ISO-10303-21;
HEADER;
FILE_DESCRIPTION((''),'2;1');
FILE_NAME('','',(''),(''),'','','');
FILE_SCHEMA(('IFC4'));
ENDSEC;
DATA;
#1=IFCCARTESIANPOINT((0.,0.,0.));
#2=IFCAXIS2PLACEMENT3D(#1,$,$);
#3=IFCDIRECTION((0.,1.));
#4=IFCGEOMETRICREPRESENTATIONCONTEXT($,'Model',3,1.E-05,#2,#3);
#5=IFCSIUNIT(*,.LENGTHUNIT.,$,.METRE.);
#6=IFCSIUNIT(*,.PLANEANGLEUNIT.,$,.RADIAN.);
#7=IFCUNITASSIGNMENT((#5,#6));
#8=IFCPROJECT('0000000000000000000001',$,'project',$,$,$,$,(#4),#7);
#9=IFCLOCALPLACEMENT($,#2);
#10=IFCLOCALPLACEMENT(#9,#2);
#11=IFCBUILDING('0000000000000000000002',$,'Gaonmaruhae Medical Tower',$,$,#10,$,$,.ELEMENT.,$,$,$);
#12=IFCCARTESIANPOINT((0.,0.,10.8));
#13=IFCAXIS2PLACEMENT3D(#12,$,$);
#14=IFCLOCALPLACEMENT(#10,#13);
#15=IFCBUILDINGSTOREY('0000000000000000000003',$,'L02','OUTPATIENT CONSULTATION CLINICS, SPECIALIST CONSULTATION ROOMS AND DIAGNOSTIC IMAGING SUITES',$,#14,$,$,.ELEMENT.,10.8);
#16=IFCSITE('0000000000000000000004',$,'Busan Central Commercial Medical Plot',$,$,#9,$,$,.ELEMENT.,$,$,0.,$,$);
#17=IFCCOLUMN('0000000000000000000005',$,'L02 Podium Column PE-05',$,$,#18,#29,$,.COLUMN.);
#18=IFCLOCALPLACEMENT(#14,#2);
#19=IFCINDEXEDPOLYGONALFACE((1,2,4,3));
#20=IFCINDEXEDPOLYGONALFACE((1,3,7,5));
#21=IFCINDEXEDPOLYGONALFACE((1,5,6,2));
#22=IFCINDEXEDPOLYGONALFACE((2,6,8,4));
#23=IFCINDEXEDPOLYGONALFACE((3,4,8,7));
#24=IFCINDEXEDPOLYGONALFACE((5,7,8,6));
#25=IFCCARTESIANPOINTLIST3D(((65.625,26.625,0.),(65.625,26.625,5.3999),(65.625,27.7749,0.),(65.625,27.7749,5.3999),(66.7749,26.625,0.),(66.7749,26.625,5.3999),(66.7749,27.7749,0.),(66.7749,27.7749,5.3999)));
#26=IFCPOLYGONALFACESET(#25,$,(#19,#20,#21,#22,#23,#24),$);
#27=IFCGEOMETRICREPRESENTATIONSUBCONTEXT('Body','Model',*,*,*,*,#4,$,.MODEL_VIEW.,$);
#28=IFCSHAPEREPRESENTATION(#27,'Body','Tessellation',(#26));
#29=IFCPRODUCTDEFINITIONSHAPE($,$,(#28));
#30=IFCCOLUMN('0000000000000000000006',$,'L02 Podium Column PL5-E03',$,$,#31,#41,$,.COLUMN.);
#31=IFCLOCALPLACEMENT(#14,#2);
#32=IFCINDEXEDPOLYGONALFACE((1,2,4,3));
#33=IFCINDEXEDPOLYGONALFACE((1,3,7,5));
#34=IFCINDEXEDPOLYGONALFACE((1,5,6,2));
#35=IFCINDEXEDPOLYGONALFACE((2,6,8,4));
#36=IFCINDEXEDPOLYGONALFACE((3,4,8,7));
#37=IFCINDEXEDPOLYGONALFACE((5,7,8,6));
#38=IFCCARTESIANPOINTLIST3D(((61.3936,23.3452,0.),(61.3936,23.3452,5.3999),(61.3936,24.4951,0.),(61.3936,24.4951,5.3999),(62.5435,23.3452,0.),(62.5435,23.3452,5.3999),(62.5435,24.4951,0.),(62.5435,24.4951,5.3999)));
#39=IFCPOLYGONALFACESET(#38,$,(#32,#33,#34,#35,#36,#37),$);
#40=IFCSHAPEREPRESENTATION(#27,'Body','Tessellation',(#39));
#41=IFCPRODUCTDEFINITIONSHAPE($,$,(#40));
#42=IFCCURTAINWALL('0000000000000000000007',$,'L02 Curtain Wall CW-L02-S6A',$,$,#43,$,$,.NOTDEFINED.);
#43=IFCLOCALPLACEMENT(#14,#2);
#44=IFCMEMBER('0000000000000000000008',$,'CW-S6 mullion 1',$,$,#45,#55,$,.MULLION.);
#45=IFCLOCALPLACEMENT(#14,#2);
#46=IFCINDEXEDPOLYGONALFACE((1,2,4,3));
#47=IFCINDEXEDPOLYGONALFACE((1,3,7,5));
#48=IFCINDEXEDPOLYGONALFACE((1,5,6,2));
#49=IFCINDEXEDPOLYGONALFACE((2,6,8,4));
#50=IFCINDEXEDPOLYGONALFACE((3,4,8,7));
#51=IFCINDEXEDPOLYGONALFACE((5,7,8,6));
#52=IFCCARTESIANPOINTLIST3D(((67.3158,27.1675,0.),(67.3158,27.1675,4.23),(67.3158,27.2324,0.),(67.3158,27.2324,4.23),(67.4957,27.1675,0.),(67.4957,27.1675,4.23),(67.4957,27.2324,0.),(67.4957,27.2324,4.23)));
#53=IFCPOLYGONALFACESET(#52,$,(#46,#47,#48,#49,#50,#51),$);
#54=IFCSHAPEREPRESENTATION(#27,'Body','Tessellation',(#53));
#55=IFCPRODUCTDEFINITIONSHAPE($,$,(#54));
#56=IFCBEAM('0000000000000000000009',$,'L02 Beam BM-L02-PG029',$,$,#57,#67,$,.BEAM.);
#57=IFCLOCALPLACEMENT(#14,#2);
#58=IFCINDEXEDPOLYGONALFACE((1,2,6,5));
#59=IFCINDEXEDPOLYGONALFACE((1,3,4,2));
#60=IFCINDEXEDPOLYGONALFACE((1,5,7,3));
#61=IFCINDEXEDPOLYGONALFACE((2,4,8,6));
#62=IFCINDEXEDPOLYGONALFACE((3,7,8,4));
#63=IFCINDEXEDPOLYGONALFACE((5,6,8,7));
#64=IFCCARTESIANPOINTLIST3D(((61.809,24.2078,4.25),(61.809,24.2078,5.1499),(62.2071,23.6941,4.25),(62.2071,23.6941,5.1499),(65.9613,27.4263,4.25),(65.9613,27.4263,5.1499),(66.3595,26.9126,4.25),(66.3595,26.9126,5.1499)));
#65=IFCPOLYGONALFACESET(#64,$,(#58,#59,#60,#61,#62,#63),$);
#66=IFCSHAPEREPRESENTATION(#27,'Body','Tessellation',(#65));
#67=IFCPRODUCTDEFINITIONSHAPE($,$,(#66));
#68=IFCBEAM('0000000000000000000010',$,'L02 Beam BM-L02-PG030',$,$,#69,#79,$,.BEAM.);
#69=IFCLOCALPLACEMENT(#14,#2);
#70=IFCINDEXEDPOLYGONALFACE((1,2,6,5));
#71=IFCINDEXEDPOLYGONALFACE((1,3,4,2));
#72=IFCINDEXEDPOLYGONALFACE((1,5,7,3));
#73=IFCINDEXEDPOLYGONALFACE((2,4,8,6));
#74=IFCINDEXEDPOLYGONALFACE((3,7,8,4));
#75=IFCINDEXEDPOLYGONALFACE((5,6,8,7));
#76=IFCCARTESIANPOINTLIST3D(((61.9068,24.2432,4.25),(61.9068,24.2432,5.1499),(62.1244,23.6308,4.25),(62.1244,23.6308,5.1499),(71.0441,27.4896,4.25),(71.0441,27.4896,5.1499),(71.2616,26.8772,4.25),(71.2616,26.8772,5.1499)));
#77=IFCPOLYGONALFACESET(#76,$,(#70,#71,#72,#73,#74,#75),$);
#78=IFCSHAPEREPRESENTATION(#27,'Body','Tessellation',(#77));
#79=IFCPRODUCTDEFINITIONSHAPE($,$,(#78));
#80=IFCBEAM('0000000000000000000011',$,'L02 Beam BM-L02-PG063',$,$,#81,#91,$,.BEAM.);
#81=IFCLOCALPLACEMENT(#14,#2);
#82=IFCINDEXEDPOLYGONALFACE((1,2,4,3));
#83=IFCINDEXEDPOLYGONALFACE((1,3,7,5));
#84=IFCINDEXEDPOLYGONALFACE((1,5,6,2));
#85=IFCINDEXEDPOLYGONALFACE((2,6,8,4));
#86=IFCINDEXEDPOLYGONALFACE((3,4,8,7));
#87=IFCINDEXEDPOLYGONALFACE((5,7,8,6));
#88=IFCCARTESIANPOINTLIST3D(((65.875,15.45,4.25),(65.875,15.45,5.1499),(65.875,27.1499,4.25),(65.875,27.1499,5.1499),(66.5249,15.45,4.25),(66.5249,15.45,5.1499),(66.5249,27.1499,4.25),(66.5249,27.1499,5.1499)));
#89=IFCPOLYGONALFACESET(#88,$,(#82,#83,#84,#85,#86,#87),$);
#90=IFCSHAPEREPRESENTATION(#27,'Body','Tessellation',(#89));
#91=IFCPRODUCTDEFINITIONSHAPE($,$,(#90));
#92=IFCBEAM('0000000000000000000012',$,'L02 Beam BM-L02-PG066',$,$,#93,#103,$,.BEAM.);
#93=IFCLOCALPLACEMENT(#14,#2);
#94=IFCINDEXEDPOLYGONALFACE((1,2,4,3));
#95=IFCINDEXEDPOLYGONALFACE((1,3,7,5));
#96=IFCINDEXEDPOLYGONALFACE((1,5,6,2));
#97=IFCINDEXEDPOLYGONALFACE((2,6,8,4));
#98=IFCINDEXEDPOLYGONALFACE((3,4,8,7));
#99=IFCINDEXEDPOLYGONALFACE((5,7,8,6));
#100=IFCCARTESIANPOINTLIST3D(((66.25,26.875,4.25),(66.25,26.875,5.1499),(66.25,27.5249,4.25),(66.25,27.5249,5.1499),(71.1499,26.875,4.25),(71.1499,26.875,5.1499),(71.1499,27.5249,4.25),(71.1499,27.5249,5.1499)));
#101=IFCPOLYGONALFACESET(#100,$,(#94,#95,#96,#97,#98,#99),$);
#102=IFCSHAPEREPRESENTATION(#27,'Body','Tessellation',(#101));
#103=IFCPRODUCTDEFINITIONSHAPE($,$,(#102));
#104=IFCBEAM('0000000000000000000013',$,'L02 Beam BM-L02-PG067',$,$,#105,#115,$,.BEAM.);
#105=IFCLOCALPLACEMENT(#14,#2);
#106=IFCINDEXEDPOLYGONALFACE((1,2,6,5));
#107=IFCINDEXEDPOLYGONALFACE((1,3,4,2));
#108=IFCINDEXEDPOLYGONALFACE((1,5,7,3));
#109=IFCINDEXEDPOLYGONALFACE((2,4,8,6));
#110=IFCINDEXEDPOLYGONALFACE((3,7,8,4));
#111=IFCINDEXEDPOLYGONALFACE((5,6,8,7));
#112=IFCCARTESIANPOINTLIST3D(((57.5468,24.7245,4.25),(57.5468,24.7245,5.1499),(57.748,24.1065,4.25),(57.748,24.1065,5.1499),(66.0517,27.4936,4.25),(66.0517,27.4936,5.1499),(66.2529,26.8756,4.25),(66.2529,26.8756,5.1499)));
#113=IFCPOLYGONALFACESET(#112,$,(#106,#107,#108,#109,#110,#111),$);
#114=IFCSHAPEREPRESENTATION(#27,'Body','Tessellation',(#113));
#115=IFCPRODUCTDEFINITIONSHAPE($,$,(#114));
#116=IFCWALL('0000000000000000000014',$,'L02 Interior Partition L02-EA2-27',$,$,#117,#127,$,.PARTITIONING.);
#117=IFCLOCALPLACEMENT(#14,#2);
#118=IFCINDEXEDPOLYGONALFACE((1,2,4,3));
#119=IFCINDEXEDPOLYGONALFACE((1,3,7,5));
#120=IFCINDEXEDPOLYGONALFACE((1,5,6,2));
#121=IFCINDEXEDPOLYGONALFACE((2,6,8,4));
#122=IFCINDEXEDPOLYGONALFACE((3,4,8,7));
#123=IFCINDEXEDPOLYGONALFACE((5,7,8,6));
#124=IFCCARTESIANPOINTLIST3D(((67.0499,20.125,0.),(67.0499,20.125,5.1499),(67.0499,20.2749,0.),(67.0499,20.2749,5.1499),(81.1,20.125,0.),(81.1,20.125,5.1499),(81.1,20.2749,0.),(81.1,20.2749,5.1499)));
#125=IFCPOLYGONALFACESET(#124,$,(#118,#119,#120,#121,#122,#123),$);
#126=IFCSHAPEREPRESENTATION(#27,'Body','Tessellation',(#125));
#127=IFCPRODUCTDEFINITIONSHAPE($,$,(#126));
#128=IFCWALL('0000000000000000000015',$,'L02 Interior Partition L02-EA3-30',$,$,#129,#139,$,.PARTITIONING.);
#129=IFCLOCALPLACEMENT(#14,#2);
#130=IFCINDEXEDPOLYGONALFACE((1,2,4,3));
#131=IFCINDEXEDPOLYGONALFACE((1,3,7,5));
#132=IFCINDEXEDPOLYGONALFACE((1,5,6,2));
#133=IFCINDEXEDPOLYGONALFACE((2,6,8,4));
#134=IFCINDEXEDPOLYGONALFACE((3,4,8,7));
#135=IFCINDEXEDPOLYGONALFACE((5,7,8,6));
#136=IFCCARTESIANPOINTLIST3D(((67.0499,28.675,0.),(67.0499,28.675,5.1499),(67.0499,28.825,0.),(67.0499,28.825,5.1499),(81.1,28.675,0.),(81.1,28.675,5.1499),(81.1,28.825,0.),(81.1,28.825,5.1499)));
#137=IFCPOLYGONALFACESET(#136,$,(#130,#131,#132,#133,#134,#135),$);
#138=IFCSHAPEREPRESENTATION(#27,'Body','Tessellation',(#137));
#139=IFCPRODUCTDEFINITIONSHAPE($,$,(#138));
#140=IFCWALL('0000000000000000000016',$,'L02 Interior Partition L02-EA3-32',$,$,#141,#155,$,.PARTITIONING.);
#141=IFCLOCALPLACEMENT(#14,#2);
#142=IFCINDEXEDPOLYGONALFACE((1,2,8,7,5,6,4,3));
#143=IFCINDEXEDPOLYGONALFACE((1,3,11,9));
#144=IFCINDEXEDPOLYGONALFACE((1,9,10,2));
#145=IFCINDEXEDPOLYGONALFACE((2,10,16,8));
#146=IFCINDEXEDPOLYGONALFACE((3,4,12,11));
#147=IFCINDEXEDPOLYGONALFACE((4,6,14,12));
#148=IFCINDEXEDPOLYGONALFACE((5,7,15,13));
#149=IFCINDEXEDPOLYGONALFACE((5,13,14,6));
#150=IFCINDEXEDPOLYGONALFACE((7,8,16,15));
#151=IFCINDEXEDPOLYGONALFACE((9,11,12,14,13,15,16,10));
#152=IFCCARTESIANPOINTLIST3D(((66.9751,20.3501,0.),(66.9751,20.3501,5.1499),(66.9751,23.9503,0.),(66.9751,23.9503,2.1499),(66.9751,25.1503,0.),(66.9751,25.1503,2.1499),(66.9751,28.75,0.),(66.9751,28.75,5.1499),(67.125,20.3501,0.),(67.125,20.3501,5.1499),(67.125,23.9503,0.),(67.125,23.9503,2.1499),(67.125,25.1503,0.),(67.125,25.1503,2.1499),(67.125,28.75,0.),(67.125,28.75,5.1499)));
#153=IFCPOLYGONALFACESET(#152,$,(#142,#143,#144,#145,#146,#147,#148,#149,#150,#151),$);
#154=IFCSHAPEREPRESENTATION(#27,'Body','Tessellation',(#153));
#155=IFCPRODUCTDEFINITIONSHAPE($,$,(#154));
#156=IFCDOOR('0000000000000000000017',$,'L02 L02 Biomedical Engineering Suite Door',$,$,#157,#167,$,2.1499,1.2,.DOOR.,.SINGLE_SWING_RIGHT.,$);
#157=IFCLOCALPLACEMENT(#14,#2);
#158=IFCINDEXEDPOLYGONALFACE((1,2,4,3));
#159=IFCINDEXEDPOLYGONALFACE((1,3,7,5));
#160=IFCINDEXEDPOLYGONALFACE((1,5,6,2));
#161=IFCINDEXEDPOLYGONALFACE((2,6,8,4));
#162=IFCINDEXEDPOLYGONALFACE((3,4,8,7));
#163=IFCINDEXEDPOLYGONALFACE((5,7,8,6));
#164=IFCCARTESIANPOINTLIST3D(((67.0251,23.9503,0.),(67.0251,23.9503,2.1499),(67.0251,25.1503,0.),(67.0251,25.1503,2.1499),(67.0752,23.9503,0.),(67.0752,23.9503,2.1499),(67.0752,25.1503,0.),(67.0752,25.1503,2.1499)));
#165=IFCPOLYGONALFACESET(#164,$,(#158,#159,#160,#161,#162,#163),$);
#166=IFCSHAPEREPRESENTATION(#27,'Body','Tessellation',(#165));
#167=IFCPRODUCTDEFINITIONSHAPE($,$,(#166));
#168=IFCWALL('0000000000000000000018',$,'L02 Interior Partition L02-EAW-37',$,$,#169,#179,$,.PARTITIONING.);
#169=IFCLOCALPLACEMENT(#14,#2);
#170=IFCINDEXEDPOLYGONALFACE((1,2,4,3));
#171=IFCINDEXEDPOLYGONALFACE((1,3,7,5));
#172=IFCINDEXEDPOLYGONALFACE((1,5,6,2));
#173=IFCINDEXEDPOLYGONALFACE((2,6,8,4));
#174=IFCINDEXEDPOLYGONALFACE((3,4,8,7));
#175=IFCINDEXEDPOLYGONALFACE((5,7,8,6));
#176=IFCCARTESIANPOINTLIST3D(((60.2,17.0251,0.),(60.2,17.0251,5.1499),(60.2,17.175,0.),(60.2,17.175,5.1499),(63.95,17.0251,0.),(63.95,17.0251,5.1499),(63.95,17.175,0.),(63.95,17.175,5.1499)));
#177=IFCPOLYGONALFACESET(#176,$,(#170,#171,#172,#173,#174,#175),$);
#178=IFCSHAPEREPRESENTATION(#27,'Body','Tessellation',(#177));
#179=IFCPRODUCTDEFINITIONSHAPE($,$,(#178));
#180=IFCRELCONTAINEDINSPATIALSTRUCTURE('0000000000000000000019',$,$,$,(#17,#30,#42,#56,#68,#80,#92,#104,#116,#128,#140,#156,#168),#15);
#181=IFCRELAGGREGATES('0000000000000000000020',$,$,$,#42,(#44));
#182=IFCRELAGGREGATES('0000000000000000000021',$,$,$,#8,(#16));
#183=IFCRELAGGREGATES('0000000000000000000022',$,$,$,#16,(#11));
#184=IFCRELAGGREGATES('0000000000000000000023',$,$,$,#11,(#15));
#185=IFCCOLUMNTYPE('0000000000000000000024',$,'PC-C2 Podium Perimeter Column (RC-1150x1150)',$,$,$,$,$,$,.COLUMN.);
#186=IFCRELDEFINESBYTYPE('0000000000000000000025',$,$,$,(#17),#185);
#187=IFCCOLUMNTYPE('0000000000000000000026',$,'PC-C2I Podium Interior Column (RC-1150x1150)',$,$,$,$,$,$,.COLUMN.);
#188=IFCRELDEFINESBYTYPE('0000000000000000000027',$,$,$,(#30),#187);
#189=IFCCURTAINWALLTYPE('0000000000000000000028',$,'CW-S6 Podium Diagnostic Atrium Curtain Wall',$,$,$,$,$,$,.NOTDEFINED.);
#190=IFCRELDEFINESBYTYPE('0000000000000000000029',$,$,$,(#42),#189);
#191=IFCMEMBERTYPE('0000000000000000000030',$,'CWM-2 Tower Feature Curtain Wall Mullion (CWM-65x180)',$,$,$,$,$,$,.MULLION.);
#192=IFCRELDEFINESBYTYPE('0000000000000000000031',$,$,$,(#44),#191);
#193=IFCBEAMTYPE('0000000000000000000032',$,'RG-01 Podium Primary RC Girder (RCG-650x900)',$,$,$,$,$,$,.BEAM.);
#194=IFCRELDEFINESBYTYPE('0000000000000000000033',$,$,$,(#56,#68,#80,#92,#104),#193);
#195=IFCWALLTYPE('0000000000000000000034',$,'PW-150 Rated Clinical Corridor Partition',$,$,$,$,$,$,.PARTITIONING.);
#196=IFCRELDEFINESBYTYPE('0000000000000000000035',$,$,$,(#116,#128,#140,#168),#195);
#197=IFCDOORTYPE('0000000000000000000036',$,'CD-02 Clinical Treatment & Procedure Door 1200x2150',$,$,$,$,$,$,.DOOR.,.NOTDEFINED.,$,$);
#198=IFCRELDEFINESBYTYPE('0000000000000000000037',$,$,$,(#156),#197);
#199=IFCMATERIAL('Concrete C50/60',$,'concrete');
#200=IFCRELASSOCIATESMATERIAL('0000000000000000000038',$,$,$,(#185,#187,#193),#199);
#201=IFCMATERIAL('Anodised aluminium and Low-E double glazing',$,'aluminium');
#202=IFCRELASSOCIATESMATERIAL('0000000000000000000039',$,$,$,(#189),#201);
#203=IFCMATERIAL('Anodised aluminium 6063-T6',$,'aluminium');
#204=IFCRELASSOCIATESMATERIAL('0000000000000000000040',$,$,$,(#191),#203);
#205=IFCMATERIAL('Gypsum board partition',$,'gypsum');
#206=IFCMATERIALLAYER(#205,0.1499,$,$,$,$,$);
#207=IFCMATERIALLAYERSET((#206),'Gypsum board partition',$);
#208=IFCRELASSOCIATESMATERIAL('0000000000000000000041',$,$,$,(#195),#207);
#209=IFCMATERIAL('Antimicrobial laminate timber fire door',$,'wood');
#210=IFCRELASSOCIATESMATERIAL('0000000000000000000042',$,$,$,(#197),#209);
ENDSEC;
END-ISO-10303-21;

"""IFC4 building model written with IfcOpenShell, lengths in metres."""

from ifc_helpers import new_model, si_unit, direction, frame, frame_2d, origin, origin_2d, place, context, subcontext, project, spatial, rectangle, extrude, material, layer, layer_set, material_profile, profile_set, type_object, element, fill, aggregate, save


model = new_model("IFC4")

# Units and contexts
model_context = context("Model", 3, precision=1e-05, world=origin(), true_north=direction((0.0, 1.0)))
body_context = subcontext(model_context, "Body", "Model", "MODEL_VIEW")
ifc_project = project(units=[si_unit("LENGTHUNIT", "METRE"), si_unit("PLANEANGLEUNIT", "RADIAN")], contexts=[model_context])

# Site, building, storey
site_placement = place(None, origin())
site = spatial("IfcSite", under=ifc_project, at=site_placement, Name="Busan Central Commercial Medical Plot", CompositionType="ELEMENT", RefElevation=0.0)
building_placement = place(site_placement, origin())
building = spatial("IfcBuilding", under=site, at=building_placement, Name="Gaonmaruhae Medical Tower", CompositionType="ELEMENT")
storey_placement = place(building_placement, frame((0.0, 0.0, 10.8)))
storey = spatial("IfcBuildingStorey", under=building, at=storey_placement, Name="L02", Description="OUTPATIENT CONSULTATION CLINICS, SPECIALIST CONSULTATION ROOMS AND DIAGNOSTIC IMAGING SUITES", CompositionType="ELEMENT", Elevation=10.8)

# Columns
ifc_material_1 = material(Name="Concrete C50/60", Category="concrete")
ifc_material_profile_1 = material_profile(ifc_material_1, rectangle(XDim=1.1499, YDim=1.1499, at=origin_2d()), Name="RC-1150x1150")
ifc_profile_set_1 = profile_set([ifc_material_profile_1], Name="Concrete C50/60")
column_type_1 = type_object("IfcColumnType", Name="PC-C2 Podium Perimeter Column (RC-1150x1150)", PredefinedType="COLUMN", material=ifc_profile_set_1)
column_1_placement = place(storey_placement, frame((66.2, 27.2, 0.0), z_axis=(0.0, 0.0, 1.0), x_axis=(1.0, 0.0, 0.0)))
element("IfcColumn", 1, at=column_1_placement, inside=storey, type_object=column_type_1, Name="L02 Podium Column PE-05", PredefinedType="COLUMN", context=body_context, shape_type="SweptSolid", body=[
    extrude(rectangle(XDim=1.1499, YDim=1.1499, at=origin_2d()), origin(), (0.0, 0.0, 1.0), 5.3999),
])
ifc_material_profile_2 = material_profile(ifc_material_1, rectangle(XDim=1.1499, YDim=1.1499, at=origin_2d()), Name="RC-1150x1150")
ifc_profile_set_2 = profile_set([ifc_material_profile_2], Name="Concrete C50/60")
column_type_2 = type_object("IfcColumnType", Name="PC-C2I Podium Interior Column (RC-1150x1150)", PredefinedType="COLUMN", material=ifc_profile_set_2)
column_2_placement = place(storey_placement, frame((61.9685, 23.9202, 0.0), z_axis=(0.0, 0.0, 1.0), x_axis=(1.0, 0.0, 0.0)))
element("IfcColumn", 2, at=column_2_placement, inside=storey, type_object=column_type_2, Name="L02 Podium Column PL5-E03", PredefinedType="COLUMN", context=body_context, shape_type="SweptSolid", body=[
    extrude(rectangle(XDim=1.1499, YDim=1.1499, at=origin_2d()), origin(), (0.0, 0.0, 1.0), 5.3999),
])

# Curtain wall, member
ifc_material_2 = material(Name="Anodised aluminium and Low-E double glazing", Category="aluminium")
curtain_wall_type = type_object("IfcCurtainWallType", Name="CW-S6 Podium Diagnostic Atrium Curtain Wall", PredefinedType="NOTDEFINED", material=ifc_material_2)
curtain_wall_placement = place(storey_placement, origin())
curtain_wall = element("IfcCurtainWall", 3, at=curtain_wall_placement, inside=storey, type_object=curtain_wall_type, Name="L02 Curtain Wall CW-L02-S6A", PredefinedType="NOTDEFINED")
ifc_material_3 = material(Name="Anodised aluminium 6063-T6", Category="aluminium")
ifc_material_profile_3 = material_profile(ifc_material_3, rectangle(XDim=0.0649, YDim=0.1799, at=origin_2d()), Name="CWM-65x180")
ifc_profile_set_3 = profile_set([ifc_material_profile_3], Name="Anodised aluminium 6063-T6")
member_type = type_object("IfcMemberType", Name="CWM-2 Tower Feature Curtain Wall Mullion (CWM-65x180)", PredefinedType="MULLION", material=ifc_profile_set_3)
member_placement = place(storey_placement, frame((67.4058, 27.2, 0.0), z_axis=(0.0, 0.0, 1.0), x_axis=(0.0, 1.0, 0.0)))
member = element("IfcMember", 4, at=member_placement, type_object=member_type, Name="CW-S6 mullion 1", PredefinedType="MULLION", context=body_context, shape_type="SweptSolid", body=[
    extrude(rectangle(XDim=0.0649, YDim=0.1799, at=origin_2d()), origin(), (0.0, 0.0, 1.0), 4.23),
])
aggregate(curtain_wall, [member])

# Beams
ifc_material_profile_4 = material_profile(ifc_material_1, rectangle(XDim=0.6499, YDim=0.8999, at=origin_2d()), Name="RCG-650x900")
ifc_profile_set_4 = profile_set([ifc_material_profile_4], Name="Concrete C50/60")
beam_type = type_object("IfcBeamType", Name="RG-01 Podium Primary RC Girder (RCG-650x900)", PredefinedType="BEAM", material=ifc_profile_set_4)
beam_1_placement = place(storey_placement, frame((62.0081, 23.9509, 4.7), z_axis=(0.790375, 0.612624, 0.0), x_axis=(-0.612624, 0.790375, 0.0)))
element("IfcBeam", 5, at=beam_1_placement, inside=storey, type_object=beam_type, Name="L02 Beam BM-L02-PG029", PredefinedType="BEAM", context=body_context, shape_type="SweptSolid", body=[
    extrude(rectangle(XDim=0.6499, YDim=0.8999, at=origin_2d()), origin(), (0.0, 0.0, 1.0), 5.2537),
])
beam_2_placement = place(storey_placement, frame((62.0156, 23.937, 4.7), z_axis=(0.942294, 0.334786, 0.0), x_axis=(-0.334786, 0.942294, 0.0)))
element("IfcBeam", 6, at=beam_2_placement, inside=storey, type_object=beam_type, Name="L02 Beam BM-L02-PG030", PredefinedType="BEAM", context=body_context, shape_type="SweptSolid", body=[
    extrude(rectangle(XDim=0.6499, YDim=0.8999, at=origin_2d()), origin(), (0.0, 0.0, 1.0), 9.6968),
])
beam_3_placement = place(storey_placement, frame((66.2, 15.45, 4.7), z_axis=(0.0, 1.0, 0.0), x_axis=(-1.0, 0.0, 0.0)))
element("IfcBeam", 7, at=beam_3_placement, inside=storey, type_object=beam_type, Name="L02 Beam BM-L02-PG063", PredefinedType="BEAM", context=body_context, shape_type="SweptSolid", body=[
    extrude(rectangle(XDim=0.6499, YDim=0.8999, at=origin_2d()), origin(), (0.0, 0.0, 1.0), 11.7),
])
beam_4_placement = place(storey_placement, frame((66.25, 27.2, 4.7), z_axis=(1.0, 0.0, 0.0), x_axis=(0.0, 1.0, 0.0)))
element("IfcBeam", 8, at=beam_4_placement, inside=storey, type_object=beam_type, Name="L02 Beam BM-L02-PG066", PredefinedType="BEAM", context=body_context, shape_type="SweptSolid", body=[
    extrude(rectangle(XDim=0.6499, YDim=0.8999, at=origin_2d()), origin(), (0.0, 0.0, 1.0), 4.8999),
])
beam_5_placement = place(storey_placement, frame((66.1523, 27.1846, 4.7), z_axis=(-0.950871, -0.309587, 0.0), x_axis=(0.309587, -0.950871, 0.0)))
element("IfcBeam", 9, at=beam_5_placement, inside=storey, type_object=beam_type, Name="L02 Beam BM-L02-PG067", PredefinedType="BEAM", context=body_context, shape_type="SweptSolid", body=[
    extrude(rectangle(XDim=0.6499, YDim=0.8999, at=origin_2d()), origin(), (0.0, 0.0, 1.0), 8.9443),
])

# Walls
ifc_material_4 = material(Name="Gypsum board partition", Category="gypsum")
ifc_layer_1 = layer(ifc_material_4, 0.1499)
ifc_layer_set_1 = layer_set([ifc_layer_1], Name="Gypsum board partition")
wall_type_1 = type_object("IfcWallType", Name="PW-150 Rated Clinical Corridor Partition", PredefinedType="PARTITIONING", material=ifc_layer_set_1)
for number, where, z_axis, x_axis, name in (
    (10, (67.05, 20.2, 0.0), (0.0, 0.0, 1.0), (1.0, 0.0, 0.0), "L02 Interior Partition L02-EA2-27"),
    (11, (67.05, 28.75, 0.0), (0.0, 0.0, 1.0), (1.0, 0.0, 0.0), "L02 Interior Partition L02-EA3-30"),
):
    element("IfcWall", number, at=place(storey_placement, frame(where, z_axis=z_axis, x_axis=x_axis)), inside=storey, type_object=wall_type_1, Name=name, PredefinedType="PARTITIONING", context=body_context, shape_type="SweptSolid", body=[
        extrude(rectangle(XDim=14.05, YDim=0.1499, at=frame_2d((7.0249, 0.0))), origin(), (0.0, 0.0, 1.0), 5.1499),
    ])

# Wall, opening, door
wall_1_placement = place(storey_placement, frame((67.05, 20.3501, 0.0), z_axis=(0.0, 0.0, 1.0), x_axis=(0.0, 1.0, 0.0)))
wall_1 = element("IfcWall", 12, at=wall_1_placement, inside=storey, type_object=wall_type_1, Name="L02 Interior Partition L02-EA3-32", PredefinedType="PARTITIONING", context=body_context, shape_type="SweptSolid", body=[
    extrude(rectangle(XDim=8.3999, YDim=0.1499, at=frame_2d((4.2, 0.0))), origin(), (0.0, 0.0, 1.0), 5.1499),
])
opening_1_placement = place(wall_1_placement, frame((3.6001, 0.0, 0.0)))
opening_1 = element("IfcOpeningElement", 13, at=opening_1_placement, cuts=wall_1, PredefinedType="OPENING", context=body_context, shape_type="SweptSolid", body=[
    extrude(rectangle(XDim=1.2, YDim=2.1499, at=frame_2d((0.6001, 1.075))), frame((0.0, 0.085, 0.0), z_axis=(0.0, -1.0, 0.0), x_axis=(1.0, 0.0, 0.0)), (0.0, 0.0, 1.0), 0.1699),
])
ifc_material_5 = material(Name="Antimicrobial laminate timber fire door", Category="wood")
door_type_1 = type_object("IfcDoorType", Name="CD-02 Clinical Treatment & Procedure Door 1200x2150", OperationType="NOTDEFINED", PredefinedType="DOOR", material=ifc_material_5)
door_1_placement = place(opening_1_placement, origin())
door_1 = element("IfcDoor", 14, at=door_1_placement, inside=storey, type_object=door_type_1, Name="L02 L02 Biomedical Engineering Suite Door", OperationType="SINGLE_SWING_RIGHT", OverallHeight=2.1499, OverallWidth=1.2, PredefinedType="DOOR", context=body_context, shape_type="SweptSolid", body=[
    extrude(rectangle(XDim=1.2, YDim=2.1499, at=frame_2d((0.6001, 1.075))), frame((0.0, 0.0249, 0.0), z_axis=(0.0, -1.0, 0.0), x_axis=(1.0, 0.0, 0.0)), (0.0, 0.0, 1.0), 0.05),
])
fill(opening_1, door_1)

# Wall
wall_2_placement = place(storey_placement, frame((60.2, 17.1001, 0.0), z_axis=(0.0, 0.0, 1.0), x_axis=(1.0, 0.0, 0.0)))
element("IfcWall", 15, at=wall_2_placement, inside=storey, type_object=wall_type_1, Name="L02 Interior Partition L02-EAW-37", PredefinedType="PARTITIONING", context=body_context, shape_type="SweptSolid", body=[
    extrude(rectangle(XDim=3.75, YDim=0.1499, at=frame_2d((1.875, 0.0))), origin(), (0.0, 0.0, 1.0), 5.1499),
])

save(model, "model.ifc")
